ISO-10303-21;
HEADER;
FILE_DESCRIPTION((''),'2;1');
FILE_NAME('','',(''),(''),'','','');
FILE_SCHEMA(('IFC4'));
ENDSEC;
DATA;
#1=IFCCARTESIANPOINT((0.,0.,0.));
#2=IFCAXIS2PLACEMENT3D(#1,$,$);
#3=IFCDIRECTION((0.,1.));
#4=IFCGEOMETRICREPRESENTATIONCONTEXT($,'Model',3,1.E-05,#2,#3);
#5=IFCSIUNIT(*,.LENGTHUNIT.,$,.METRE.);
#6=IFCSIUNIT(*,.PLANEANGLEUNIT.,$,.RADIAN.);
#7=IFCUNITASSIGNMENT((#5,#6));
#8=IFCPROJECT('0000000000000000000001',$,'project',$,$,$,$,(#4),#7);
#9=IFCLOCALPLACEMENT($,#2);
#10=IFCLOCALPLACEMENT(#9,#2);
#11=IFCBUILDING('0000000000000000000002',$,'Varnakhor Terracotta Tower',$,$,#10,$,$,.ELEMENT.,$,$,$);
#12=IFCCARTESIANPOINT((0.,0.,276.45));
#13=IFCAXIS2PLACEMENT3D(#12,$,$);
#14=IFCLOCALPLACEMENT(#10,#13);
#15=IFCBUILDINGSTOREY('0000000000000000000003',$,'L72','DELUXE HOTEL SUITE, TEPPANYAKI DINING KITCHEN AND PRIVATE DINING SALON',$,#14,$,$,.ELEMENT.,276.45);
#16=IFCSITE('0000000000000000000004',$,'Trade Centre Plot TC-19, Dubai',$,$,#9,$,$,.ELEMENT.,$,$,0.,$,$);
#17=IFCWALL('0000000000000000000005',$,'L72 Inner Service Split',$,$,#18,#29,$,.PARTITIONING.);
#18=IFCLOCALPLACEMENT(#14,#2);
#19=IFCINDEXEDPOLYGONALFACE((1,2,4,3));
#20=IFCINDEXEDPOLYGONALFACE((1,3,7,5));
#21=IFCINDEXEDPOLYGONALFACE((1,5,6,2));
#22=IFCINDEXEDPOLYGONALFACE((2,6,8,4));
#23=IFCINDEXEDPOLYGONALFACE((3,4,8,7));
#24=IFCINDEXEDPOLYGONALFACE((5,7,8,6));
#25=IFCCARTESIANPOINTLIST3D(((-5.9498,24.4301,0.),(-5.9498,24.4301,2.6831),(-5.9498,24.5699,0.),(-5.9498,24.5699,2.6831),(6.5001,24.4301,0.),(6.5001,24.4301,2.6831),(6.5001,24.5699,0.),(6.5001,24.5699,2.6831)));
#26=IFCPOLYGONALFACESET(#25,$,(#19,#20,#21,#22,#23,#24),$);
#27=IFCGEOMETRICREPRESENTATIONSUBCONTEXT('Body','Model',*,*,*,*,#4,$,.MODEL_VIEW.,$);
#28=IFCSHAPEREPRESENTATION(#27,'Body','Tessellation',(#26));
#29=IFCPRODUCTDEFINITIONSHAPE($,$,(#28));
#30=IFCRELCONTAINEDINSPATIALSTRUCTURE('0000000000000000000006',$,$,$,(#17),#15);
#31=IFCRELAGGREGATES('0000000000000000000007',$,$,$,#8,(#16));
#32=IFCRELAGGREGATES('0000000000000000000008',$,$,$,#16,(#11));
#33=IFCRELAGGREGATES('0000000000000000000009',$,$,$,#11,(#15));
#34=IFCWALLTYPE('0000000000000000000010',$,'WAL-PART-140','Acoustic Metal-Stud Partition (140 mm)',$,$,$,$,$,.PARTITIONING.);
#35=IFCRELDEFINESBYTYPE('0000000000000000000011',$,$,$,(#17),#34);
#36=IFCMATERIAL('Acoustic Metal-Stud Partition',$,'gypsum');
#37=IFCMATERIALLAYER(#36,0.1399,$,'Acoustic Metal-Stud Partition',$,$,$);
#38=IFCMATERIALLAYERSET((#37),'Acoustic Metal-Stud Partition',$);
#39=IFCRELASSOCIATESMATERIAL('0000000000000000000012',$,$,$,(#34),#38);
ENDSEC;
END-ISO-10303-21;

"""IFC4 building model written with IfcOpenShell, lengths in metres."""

from ifc_helpers import new_model, si_unit, direction, frame, frame_2d, origin, place, context, subcontext, project, spatial, rectangle, extrude, material, layer, layer_set, type_object, element, save


model = new_model("IFC4")

# Units and contexts
model_context = context("Model", 3, precision=1e-05, world=origin(), true_north=direction((0.0, 1.0)))
body_context = subcontext(model_context, "Body", "Model", "MODEL_VIEW")
ifc_project = project(units=[si_unit("LENGTHUNIT", "METRE"), si_unit("PLANEANGLEUNIT", "RADIAN")], contexts=[model_context])

# Site, building, storey
site_placement = place(None, origin())
site = spatial("IfcSite", under=ifc_project, at=site_placement, Name="Trade Centre Plot TC-19, Dubai", CompositionType="ELEMENT", RefElevation=0.0)
building_placement = place(site_placement, origin())
building = spatial("IfcBuilding", under=site, at=building_placement, Name="Varnakhor Terracotta Tower", CompositionType="ELEMENT")
storey_placement = place(building_placement, frame((0.0, 0.0, 276.45)))
storey = spatial("IfcBuildingStorey", under=building, at=storey_placement, Name="L72", Description="DELUXE HOTEL SUITE, TEPPANYAKI DINING KITCHEN AND PRIVATE DINING SALON", CompositionType="ELEMENT", Elevation=276.45)

# Wall
ifc_material_1 = material(Name="Acoustic Metal-Stud Partition", Category="gypsum")
ifc_layer_1 = layer(ifc_material_1, 0.1399, Name="Acoustic Metal-Stud Partition")
ifc_layer_set_1 = layer_set([ifc_layer_1], Name="Acoustic Metal-Stud Partition")
wall_type_1 = type_object("IfcWallType", Name="WAL-PART-140", Description="Acoustic Metal-Stud Partition (140 mm)", PredefinedType="PARTITIONING", material=ifc_layer_set_1)
wall_1_placement = place(storey_placement, frame((-5.95, 24.5, 0.0), z_axis=(0.0, 0.0, 1.0), x_axis=(1.0, 0.0, 0.0)))
element("IfcWall", 1, at=wall_1_placement, inside=storey, type_object=wall_type_1, Name="L72 Inner Service Split", PredefinedType="PARTITIONING", context=body_context, shape_type="SweptSolid", body=[
    extrude(rectangle(XDim=12.45, YDim=0.1399, at=frame_2d((6.2251, 0.0))), origin(), (0.0, 0.0, 1.0), 2.6831),
])

save(model, "model.ifc")
